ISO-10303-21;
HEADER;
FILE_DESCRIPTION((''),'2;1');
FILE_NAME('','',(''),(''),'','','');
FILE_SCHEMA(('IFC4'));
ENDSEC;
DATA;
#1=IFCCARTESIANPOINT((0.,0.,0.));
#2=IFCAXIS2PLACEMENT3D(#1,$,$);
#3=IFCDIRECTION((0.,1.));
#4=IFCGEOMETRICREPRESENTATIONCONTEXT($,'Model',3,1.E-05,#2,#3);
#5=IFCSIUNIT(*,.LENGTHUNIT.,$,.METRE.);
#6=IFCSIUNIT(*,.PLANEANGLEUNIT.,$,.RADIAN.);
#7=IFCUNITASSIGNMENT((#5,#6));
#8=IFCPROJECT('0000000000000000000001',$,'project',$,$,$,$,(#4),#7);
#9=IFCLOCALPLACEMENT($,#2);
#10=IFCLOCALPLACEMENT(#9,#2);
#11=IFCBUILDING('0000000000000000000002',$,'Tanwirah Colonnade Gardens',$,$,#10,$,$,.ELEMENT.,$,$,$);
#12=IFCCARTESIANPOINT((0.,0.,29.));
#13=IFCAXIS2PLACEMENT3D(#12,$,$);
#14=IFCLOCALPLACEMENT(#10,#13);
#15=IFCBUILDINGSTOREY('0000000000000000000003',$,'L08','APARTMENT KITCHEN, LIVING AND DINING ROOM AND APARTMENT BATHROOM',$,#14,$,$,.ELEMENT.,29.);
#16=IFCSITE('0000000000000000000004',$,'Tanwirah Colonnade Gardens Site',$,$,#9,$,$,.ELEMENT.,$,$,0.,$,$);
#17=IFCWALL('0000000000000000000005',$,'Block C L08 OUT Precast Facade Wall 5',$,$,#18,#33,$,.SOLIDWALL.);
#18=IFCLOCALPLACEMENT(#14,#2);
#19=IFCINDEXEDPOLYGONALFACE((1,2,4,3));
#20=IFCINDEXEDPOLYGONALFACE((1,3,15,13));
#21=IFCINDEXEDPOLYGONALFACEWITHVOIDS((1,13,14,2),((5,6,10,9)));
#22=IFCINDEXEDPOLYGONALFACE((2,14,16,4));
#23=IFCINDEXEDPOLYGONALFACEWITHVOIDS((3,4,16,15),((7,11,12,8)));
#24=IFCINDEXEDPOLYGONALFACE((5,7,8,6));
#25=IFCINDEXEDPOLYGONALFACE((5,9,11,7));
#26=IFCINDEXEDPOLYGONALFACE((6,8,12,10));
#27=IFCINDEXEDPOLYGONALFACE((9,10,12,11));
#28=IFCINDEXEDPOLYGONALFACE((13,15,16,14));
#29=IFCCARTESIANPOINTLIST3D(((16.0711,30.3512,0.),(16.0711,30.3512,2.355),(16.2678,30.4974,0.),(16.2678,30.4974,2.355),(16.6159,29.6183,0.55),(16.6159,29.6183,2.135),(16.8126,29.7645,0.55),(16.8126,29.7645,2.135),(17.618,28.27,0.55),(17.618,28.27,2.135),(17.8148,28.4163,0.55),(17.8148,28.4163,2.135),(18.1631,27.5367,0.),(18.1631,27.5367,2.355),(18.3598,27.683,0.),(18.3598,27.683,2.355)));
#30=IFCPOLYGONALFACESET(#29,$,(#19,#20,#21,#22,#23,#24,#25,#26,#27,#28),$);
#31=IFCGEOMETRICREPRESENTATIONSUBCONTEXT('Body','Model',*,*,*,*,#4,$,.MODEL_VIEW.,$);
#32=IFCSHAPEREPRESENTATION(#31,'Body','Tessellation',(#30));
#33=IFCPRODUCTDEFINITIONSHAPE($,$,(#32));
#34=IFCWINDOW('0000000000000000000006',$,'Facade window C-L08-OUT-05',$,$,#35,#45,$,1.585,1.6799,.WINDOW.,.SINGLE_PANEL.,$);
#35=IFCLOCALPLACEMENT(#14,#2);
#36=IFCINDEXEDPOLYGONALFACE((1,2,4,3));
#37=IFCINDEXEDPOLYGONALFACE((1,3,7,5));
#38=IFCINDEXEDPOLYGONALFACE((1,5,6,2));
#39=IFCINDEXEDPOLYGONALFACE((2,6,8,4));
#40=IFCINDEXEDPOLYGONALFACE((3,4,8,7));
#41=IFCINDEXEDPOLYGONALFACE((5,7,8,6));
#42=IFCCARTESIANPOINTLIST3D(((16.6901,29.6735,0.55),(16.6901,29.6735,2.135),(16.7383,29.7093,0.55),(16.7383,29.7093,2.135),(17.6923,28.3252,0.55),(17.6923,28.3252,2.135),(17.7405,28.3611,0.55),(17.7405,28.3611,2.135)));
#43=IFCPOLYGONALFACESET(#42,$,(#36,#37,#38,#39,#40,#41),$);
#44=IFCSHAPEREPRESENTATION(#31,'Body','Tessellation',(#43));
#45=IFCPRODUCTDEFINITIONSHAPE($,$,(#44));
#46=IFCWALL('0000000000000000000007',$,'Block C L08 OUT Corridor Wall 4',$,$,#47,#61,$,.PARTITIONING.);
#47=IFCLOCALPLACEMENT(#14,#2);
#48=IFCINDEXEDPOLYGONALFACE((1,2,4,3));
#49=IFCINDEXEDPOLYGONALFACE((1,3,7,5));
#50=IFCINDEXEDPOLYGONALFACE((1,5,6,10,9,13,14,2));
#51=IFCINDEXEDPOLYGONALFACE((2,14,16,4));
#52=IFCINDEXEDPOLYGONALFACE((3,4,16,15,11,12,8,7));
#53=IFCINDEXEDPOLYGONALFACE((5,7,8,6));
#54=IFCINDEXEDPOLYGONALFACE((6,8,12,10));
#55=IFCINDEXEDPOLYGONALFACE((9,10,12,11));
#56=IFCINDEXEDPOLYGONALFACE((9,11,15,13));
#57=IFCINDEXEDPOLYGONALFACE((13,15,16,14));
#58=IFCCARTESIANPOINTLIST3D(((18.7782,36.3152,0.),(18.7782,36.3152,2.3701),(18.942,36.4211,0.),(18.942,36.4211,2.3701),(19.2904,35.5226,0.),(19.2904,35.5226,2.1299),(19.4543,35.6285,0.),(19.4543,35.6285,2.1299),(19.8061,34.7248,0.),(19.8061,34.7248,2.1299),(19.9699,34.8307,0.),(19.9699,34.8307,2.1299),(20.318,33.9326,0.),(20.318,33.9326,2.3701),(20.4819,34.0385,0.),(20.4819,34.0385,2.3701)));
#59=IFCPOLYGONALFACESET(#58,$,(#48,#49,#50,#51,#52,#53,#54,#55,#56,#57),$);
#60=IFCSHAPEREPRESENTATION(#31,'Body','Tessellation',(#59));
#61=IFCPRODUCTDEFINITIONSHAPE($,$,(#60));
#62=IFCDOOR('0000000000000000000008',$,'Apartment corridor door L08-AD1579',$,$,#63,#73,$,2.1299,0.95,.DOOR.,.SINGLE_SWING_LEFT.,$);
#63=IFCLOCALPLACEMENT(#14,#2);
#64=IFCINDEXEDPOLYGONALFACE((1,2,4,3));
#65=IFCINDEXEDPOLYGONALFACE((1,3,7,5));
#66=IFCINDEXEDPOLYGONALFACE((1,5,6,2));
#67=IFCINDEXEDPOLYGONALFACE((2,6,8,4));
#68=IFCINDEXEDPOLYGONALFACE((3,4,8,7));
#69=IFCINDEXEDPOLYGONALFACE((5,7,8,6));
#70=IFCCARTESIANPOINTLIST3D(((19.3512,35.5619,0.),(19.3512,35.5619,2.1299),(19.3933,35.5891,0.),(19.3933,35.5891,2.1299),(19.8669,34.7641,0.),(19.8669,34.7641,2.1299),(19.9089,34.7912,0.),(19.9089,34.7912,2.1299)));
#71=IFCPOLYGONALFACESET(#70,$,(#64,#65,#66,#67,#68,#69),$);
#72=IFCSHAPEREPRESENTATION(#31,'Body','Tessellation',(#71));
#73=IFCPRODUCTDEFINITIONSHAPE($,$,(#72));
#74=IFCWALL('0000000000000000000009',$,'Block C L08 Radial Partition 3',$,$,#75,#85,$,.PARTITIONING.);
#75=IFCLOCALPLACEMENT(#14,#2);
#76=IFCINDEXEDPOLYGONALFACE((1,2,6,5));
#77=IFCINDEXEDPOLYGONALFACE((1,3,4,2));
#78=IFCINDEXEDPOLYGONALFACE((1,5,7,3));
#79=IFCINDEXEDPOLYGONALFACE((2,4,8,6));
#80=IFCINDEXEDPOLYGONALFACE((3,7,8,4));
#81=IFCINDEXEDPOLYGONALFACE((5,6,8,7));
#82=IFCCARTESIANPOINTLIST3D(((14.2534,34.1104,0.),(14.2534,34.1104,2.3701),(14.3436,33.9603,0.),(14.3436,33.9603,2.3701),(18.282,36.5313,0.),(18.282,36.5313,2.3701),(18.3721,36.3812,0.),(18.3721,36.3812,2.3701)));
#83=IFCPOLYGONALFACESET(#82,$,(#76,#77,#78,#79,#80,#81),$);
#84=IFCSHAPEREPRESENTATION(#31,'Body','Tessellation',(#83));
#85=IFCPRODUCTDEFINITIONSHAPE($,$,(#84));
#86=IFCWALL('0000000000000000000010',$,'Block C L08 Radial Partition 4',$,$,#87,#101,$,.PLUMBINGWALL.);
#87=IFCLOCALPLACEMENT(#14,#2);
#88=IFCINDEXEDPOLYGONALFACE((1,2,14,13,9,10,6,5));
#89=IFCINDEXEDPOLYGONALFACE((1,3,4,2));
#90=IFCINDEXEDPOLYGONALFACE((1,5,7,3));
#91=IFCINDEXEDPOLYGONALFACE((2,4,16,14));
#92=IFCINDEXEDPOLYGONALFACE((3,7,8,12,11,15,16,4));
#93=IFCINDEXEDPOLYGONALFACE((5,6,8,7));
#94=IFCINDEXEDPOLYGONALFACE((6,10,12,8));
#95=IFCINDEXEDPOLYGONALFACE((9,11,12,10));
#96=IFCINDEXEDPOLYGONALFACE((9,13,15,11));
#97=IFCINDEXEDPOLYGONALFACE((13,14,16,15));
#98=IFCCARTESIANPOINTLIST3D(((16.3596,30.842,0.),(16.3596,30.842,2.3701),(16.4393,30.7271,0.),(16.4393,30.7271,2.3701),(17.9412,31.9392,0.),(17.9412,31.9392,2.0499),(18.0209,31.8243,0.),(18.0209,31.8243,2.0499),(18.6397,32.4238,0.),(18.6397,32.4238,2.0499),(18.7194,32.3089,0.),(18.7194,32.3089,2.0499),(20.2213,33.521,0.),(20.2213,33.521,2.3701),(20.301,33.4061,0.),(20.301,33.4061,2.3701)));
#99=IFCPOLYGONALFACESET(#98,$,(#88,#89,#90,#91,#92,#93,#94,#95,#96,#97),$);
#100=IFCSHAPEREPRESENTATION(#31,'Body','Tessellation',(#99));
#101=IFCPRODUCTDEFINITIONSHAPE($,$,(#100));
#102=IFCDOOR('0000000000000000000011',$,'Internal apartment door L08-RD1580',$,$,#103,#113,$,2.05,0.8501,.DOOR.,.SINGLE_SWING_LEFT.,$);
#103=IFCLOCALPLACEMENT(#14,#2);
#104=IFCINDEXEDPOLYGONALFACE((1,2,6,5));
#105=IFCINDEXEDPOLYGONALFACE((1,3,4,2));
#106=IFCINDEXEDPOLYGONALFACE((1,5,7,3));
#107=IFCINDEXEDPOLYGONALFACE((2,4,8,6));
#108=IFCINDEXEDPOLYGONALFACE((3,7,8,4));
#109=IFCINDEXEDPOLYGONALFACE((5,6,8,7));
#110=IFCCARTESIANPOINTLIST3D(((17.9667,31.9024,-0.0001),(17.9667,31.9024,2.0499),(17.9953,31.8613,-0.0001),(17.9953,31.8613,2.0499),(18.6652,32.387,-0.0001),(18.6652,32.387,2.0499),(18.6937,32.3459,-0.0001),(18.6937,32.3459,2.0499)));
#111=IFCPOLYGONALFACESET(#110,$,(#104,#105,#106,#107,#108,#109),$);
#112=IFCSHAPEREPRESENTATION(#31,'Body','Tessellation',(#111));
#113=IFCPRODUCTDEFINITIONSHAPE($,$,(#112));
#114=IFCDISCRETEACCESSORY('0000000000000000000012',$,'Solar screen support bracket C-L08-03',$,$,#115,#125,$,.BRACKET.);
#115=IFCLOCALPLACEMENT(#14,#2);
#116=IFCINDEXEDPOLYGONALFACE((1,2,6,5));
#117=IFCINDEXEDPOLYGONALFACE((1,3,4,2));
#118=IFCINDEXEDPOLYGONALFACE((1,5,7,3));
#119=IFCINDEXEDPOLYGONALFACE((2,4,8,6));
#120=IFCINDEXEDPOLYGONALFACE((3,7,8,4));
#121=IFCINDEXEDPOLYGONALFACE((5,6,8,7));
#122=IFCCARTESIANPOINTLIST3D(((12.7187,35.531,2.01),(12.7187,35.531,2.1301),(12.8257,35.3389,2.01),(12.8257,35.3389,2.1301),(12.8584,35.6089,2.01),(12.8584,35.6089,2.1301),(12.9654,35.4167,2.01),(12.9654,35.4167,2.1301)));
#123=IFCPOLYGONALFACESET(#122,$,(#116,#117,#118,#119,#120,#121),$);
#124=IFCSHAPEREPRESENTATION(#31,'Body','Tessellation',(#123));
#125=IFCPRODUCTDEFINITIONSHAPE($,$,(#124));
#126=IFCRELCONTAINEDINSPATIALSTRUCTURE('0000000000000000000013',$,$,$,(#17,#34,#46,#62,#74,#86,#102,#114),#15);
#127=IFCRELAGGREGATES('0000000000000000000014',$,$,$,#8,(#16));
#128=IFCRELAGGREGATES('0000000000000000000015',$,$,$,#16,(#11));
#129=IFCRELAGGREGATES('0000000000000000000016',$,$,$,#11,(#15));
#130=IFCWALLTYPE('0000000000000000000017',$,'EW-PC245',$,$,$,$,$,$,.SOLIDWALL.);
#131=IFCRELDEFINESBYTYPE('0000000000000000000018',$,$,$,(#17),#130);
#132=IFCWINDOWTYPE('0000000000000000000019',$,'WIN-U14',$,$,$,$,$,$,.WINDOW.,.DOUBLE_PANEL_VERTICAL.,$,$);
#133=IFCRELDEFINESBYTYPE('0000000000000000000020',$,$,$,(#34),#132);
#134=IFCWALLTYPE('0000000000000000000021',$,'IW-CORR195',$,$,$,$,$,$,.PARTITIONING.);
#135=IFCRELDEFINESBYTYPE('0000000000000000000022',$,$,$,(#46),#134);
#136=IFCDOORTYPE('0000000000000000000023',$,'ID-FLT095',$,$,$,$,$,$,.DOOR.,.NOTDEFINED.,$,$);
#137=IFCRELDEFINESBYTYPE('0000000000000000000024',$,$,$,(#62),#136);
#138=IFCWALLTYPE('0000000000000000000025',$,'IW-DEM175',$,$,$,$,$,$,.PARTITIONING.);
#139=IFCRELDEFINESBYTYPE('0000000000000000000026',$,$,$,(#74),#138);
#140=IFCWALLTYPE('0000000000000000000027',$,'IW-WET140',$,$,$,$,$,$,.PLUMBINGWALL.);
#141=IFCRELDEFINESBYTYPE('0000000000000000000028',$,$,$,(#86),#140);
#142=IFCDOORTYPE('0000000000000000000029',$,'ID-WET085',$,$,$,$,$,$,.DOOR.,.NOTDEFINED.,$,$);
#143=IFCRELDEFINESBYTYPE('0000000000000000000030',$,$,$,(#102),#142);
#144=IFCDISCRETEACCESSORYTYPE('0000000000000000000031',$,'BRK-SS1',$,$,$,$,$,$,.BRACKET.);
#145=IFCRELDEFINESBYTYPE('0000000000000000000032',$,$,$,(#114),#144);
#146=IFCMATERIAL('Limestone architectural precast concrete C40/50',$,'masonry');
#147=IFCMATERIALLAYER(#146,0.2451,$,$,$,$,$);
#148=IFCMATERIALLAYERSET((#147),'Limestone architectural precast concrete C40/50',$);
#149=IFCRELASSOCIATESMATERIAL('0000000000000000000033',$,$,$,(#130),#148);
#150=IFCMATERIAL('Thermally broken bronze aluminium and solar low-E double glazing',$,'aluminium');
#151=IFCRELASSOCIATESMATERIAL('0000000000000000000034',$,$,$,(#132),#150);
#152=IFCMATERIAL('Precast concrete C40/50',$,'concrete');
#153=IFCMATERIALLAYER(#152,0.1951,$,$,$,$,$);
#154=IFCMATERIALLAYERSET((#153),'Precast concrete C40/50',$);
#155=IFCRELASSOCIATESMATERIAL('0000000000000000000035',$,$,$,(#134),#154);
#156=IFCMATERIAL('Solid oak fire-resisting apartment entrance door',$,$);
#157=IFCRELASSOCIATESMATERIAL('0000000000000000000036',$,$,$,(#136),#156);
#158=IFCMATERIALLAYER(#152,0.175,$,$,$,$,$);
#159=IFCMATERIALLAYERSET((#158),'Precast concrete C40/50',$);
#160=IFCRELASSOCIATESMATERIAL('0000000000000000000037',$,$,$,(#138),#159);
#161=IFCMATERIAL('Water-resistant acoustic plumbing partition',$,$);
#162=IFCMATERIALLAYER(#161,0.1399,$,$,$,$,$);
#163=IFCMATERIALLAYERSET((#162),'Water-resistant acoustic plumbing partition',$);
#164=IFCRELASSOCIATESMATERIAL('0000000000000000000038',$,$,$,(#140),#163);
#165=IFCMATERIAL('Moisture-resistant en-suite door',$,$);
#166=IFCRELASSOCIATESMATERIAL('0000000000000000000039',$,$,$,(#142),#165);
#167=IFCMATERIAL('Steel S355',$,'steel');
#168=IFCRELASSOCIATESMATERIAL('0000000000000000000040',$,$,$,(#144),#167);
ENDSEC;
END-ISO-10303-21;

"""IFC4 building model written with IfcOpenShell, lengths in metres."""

from ifc_helpers import new_model, si_unit, direction, frame, frame_2d, origin, origin_2d, place, context, subcontext, project, spatial, rectangle, extrude, material, layer, layer_set, type_object, element, fill, save


model = new_model("IFC4")

# Units and contexts
model_context = context("Model", 3, precision=1e-05, world=origin(), true_north=direction((0.0, 1.0)))
body_context = subcontext(model_context, "Body", "Model", "MODEL_VIEW")
ifc_project = project(units=[si_unit("LENGTHUNIT", "METRE"), si_unit("PLANEANGLEUNIT", "RADIAN")], contexts=[model_context])

# Site, building, storey
site_placement = place(None, origin())
site = spatial("IfcSite", under=ifc_project, at=site_placement, Name="Tanwirah Colonnade Gardens Site", CompositionType="ELEMENT", RefElevation=0.0)
building_placement = place(site_placement, origin())
building = spatial("IfcBuilding", under=site, at=building_placement, Name="Tanwirah Colonnade Gardens", CompositionType="ELEMENT")
storey_placement = place(building_placement, frame((0.0, 0.0, 29.0)))
storey = spatial("IfcBuildingStorey", under=building, at=storey_placement, Name="L08", Description="APARTMENT KITCHEN, LIVING AND DINING ROOM AND APARTMENT BATHROOM", CompositionType="ELEMENT", Elevation=29.0)

# Shared definitions
ifc_material_1 = material(Name="Precast concrete C40/50", Category="concrete")

# Shared definitions
ifc_material_2 = material(Name="Limestone architectural precast concrete C40/50", Category="masonry")
ifc_layer_1 = layer(ifc_material_2, 0.2451)
ifc_layer_set_1 = layer_set([ifc_layer_1], Name="Limestone architectural precast concrete C40/50")
wall_type_1 = type_object("IfcWallType", Name="EW-PC245", PredefinedType="SOLIDWALL", material=ifc_layer_set_1)
ifc_material_3 = material(Name="Thermally broken bronze aluminium and solar low-E double glazing", Category="aluminium")

# Wall, opening, window
wall_1_placement = place(storey_placement, frame((16.1694, 30.4243, 0.0), z_axis=(0.0, 0.0, 1.0), x_axis=(0.596564, -0.802566, 0.0)))
wall_1 = element("IfcWall", 1, at=wall_1_placement, inside=storey, type_object=wall_type_1, Name="Block C L08 OUT Precast Facade Wall 5", PredefinedType="SOLIDWALL", context=body_context, shape_type="SweptSolid", body=[
    extrude(rectangle(XDim=3.5068, YDim=0.2451, at=frame_2d((1.7534, 0.0))), origin(), (0.0, 0.0, 1.0), 2.355),
])
opening_1_placement = place(wall_1_placement, frame((0.9133, 0.0, 0.55)))
opening_1 = element("IfcOpeningElement", 2, at=opening_1_placement, cuts=wall_1, PredefinedType="OPENING", context=body_context, shape_type="SweptSolid", body=[
    extrude(rectangle(XDim=1.6799, YDim=1.585, at=frame_2d((0.8398, 0.7925))), frame((0.0, 0.1326, 0.0), z_axis=(0.0, -1.0, 0.0), x_axis=(1.0, 0.0, 0.0)), (0.0, 0.0, 1.0), 0.2651),
])
window_type_1 = type_object("IfcWindowType", Name="WIN-U14", PartitioningType="DOUBLE_PANEL_VERTICAL", PredefinedType="WINDOW", material=ifc_material_3)
window_1_placement = place(opening_1_placement, origin())
window_1 = element("IfcWindow", 3, at=window_1_placement, inside=storey, type_object=window_type_1, Name="Facade window C-L08-OUT-05", OverallHeight=1.585, OverallWidth=1.6799, PartitioningType="SINGLE_PANEL", PredefinedType="WINDOW", context=body_context, shape_type="SweptSolid", body=[
    extrude(rectangle(XDim=1.6799, YDim=1.585, at=frame_2d((0.8398, 0.7925))), frame((0.0, 0.03, 0.0), z_axis=(0.0, -1.0, 0.0), x_axis=(1.0, 0.0, 0.0)), (0.0, 0.0, 1.0), 0.0601),
])
fill(opening_1, window_1)

# Wall, opening, door
ifc_layer_2 = layer(ifc_material_1, 0.1951)
ifc_layer_set_2 = layer_set([ifc_layer_2], Name="Precast concrete C40/50")
wall_type_2 = type_object("IfcWallType", Name="IW-CORR195", PredefinedType="PARTITIONING", material=ifc_layer_set_2)
wall_2_placement = place(storey_placement, frame((18.8601, 36.3682, 0.0), z_axis=(0.0, 0.0, 1.0), x_axis=(0.542787, -0.83987, 0.0)))
wall_2 = element("IfcWall", 4, at=wall_2_placement, inside=storey, type_object=wall_type_2, Name="Block C L08 OUT Corridor Wall 4", PredefinedType="PARTITIONING", context=body_context, shape_type="SweptSolid", body=[
    extrude(rectangle(XDim=2.8369, YDim=0.1951, at=frame_2d((1.4185, 0.0))), origin(), (0.0, 0.0, 1.0), 2.3701),
])
opening_2_placement = place(wall_2_placement, frame((0.9436, 0.0, 0.0)))
opening_2 = element("IfcOpeningElement", 5, at=opening_2_placement, cuts=wall_2, PredefinedType="OPENING", context=body_context, shape_type="SweptSolid", body=[
    extrude(rectangle(XDim=0.95, YDim=2.1299, at=frame_2d((0.4751, 1.0649))), frame((0.0, 0.1074, 0.0), z_axis=(0.0, -1.0, 0.0), x_axis=(1.0, 0.0, 0.0)), (0.0, 0.0, 1.0), 0.2151),
])
ifc_material_4 = material(Name="Solid oak fire-resisting apartment entrance door")
door_type_1 = type_object("IfcDoorType", Name="ID-FLT095", OperationType="NOTDEFINED", PredefinedType="DOOR", material=ifc_material_4)
door_1_placement = place(opening_2_placement, origin())
door_1 = element("IfcDoor", 6, at=door_1_placement, inside=storey, type_object=door_type_1, Name="Apartment corridor door L08-AD1579", OperationType="SINGLE_SWING_LEFT", OverallHeight=2.1299, OverallWidth=0.95, PredefinedType="DOOR", context=body_context, shape_type="SweptSolid", body=[
    extrude(rectangle(XDim=0.95, YDim=2.1299, at=frame_2d((0.4751, 1.0649))), frame((0.0, 0.0249, 0.0), z_axis=(0.0, -1.0, 0.0), x_axis=(1.0, 0.0, 0.0)), (0.0, 0.0, 1.0), 0.05),
])
fill(opening_2, door_1)

# Wall
ifc_layer_3 = layer(ifc_material_1, 0.175)
ifc_layer_set_3 = layer_set([ifc_layer_3], Name="Precast concrete C40/50")
wall_type_3 = type_object("IfcWallType", Name="IW-DEM175", PredefinedType="PARTITIONING", material=ifc_layer_set_3)
wall_3_placement = place(storey_placement, frame((18.3271, 36.4563, 0.0), z_axis=(0.0, 0.0, 1.0), x_axis=(-0.85714, -0.515084, 0.0)))
element("IfcWall", 7, at=wall_3_placement, inside=storey, type_object=wall_type_3, Name="Block C L08 Radial Partition 3", PredefinedType="PARTITIONING", context=body_context, shape_type="SweptSolid", body=[
    extrude(rectangle(XDim=4.7, YDim=0.175, at=frame_2d((2.3501, 0.0))), origin(), (0.0, 0.0, 1.0), 2.3701),
])

# Wall, opening, door
ifc_material_5 = material(Name="Water-resistant acoustic plumbing partition")
ifc_layer_4 = layer(ifc_material_5, 0.1399)
ifc_layer_set_4 = layer_set([ifc_layer_4], Name="Water-resistant acoustic plumbing partition")
wall_type_4 = type_object("IfcWallType", Name="IW-WET140", PredefinedType="PLUMBINGWALL", material=ifc_layer_set_4)
wall_4_placement = place(storey_placement, frame((20.2612, 33.4636, 0.0), z_axis=(0.0, 0.0, 1.0), x_axis=(-0.821638, -0.570009, 0.0)))
wall_4 = element("IfcWall", 8, at=wall_4_placement, inside=storey, type_object=wall_type_4, Name="Block C L08 Radial Partition 4", PredefinedType="PLUMBINGWALL", context=body_context, shape_type="SweptSolid", body=[
    extrude(rectangle(XDim=4.7, YDim=0.1399, at=frame_2d((2.3501, 0.0))), origin(), (0.0, 0.0, 1.0), 2.3701),
])
opening_3_placement = place(wall_4_placement, frame((1.925, 0.0, 0.0)))
opening_3 = element("IfcOpeningElement", 9, at=opening_3_placement, cuts=wall_4, PredefinedType="OPENING", context=body_context, shape_type="SweptSolid", body=[
    extrude(rectangle(XDim=0.8501, YDim=2.05, at=frame_2d((0.425, 1.0249))), frame((0.0, 0.0798, 0.0), z_axis=(0.0, -1.0, 0.0), x_axis=(1.0, 0.0, 0.0)), (0.0, 0.0, 1.0), 0.1599),
])
ifc_material_6 = material(Name="Moisture-resistant en-suite door")
door_type_2 = type_object("IfcDoorType", Name="ID-WET085", OperationType="NOTDEFINED", PredefinedType="DOOR", material=ifc_material_6)
door_2_placement = place(opening_3_placement, origin())
door_2 = element("IfcDoor", 10, at=door_2_placement, inside=storey, type_object=door_type_2, Name="Internal apartment door L08-RD1580", OperationType="SINGLE_SWING_LEFT", OverallHeight=2.05, OverallWidth=0.8501, PredefinedType="DOOR", context=body_context, shape_type="SweptSolid", body=[
    extrude(rectangle(XDim=0.8501, YDim=2.05, at=frame_2d((0.425, 1.0249))), frame((0.0, 0.0249, 0.0), z_axis=(0.0, -1.0, 0.0), x_axis=(1.0, 0.0, 0.0)), (0.0, 0.0, 1.0), 0.05),
])
fill(opening_3, door_2)

# Discrete accessory
ifc_material_7 = material(Name="Steel S355", Category="steel")
discrete_accessory_type = type_object("IfcDiscreteAccessoryType", Name="BRK-SS1", PredefinedType="BRACKET", material=ifc_material_7)
discrete_accessory_placement = place(storey_placement, frame((12.842, 35.4739, 2.01), z_axis=(0.0, 0.0, 1.0), x_axis=(0.486717, -0.87356, 0.0)))
element("IfcDiscreteAccessory", 11, at=discrete_accessory_placement, inside=storey, type_object=discrete_accessory_type, Name="Solar screen support bracket C-L08-03", PredefinedType="BRACKET", context=body_context, shape_type="SweptSolid", body=[
    extrude(rectangle(XDim=0.22, YDim=0.1599, at=origin_2d()), origin(), (0.0, 0.0, 1.0), 0.1201),
])

save(model, "model.ifc")
